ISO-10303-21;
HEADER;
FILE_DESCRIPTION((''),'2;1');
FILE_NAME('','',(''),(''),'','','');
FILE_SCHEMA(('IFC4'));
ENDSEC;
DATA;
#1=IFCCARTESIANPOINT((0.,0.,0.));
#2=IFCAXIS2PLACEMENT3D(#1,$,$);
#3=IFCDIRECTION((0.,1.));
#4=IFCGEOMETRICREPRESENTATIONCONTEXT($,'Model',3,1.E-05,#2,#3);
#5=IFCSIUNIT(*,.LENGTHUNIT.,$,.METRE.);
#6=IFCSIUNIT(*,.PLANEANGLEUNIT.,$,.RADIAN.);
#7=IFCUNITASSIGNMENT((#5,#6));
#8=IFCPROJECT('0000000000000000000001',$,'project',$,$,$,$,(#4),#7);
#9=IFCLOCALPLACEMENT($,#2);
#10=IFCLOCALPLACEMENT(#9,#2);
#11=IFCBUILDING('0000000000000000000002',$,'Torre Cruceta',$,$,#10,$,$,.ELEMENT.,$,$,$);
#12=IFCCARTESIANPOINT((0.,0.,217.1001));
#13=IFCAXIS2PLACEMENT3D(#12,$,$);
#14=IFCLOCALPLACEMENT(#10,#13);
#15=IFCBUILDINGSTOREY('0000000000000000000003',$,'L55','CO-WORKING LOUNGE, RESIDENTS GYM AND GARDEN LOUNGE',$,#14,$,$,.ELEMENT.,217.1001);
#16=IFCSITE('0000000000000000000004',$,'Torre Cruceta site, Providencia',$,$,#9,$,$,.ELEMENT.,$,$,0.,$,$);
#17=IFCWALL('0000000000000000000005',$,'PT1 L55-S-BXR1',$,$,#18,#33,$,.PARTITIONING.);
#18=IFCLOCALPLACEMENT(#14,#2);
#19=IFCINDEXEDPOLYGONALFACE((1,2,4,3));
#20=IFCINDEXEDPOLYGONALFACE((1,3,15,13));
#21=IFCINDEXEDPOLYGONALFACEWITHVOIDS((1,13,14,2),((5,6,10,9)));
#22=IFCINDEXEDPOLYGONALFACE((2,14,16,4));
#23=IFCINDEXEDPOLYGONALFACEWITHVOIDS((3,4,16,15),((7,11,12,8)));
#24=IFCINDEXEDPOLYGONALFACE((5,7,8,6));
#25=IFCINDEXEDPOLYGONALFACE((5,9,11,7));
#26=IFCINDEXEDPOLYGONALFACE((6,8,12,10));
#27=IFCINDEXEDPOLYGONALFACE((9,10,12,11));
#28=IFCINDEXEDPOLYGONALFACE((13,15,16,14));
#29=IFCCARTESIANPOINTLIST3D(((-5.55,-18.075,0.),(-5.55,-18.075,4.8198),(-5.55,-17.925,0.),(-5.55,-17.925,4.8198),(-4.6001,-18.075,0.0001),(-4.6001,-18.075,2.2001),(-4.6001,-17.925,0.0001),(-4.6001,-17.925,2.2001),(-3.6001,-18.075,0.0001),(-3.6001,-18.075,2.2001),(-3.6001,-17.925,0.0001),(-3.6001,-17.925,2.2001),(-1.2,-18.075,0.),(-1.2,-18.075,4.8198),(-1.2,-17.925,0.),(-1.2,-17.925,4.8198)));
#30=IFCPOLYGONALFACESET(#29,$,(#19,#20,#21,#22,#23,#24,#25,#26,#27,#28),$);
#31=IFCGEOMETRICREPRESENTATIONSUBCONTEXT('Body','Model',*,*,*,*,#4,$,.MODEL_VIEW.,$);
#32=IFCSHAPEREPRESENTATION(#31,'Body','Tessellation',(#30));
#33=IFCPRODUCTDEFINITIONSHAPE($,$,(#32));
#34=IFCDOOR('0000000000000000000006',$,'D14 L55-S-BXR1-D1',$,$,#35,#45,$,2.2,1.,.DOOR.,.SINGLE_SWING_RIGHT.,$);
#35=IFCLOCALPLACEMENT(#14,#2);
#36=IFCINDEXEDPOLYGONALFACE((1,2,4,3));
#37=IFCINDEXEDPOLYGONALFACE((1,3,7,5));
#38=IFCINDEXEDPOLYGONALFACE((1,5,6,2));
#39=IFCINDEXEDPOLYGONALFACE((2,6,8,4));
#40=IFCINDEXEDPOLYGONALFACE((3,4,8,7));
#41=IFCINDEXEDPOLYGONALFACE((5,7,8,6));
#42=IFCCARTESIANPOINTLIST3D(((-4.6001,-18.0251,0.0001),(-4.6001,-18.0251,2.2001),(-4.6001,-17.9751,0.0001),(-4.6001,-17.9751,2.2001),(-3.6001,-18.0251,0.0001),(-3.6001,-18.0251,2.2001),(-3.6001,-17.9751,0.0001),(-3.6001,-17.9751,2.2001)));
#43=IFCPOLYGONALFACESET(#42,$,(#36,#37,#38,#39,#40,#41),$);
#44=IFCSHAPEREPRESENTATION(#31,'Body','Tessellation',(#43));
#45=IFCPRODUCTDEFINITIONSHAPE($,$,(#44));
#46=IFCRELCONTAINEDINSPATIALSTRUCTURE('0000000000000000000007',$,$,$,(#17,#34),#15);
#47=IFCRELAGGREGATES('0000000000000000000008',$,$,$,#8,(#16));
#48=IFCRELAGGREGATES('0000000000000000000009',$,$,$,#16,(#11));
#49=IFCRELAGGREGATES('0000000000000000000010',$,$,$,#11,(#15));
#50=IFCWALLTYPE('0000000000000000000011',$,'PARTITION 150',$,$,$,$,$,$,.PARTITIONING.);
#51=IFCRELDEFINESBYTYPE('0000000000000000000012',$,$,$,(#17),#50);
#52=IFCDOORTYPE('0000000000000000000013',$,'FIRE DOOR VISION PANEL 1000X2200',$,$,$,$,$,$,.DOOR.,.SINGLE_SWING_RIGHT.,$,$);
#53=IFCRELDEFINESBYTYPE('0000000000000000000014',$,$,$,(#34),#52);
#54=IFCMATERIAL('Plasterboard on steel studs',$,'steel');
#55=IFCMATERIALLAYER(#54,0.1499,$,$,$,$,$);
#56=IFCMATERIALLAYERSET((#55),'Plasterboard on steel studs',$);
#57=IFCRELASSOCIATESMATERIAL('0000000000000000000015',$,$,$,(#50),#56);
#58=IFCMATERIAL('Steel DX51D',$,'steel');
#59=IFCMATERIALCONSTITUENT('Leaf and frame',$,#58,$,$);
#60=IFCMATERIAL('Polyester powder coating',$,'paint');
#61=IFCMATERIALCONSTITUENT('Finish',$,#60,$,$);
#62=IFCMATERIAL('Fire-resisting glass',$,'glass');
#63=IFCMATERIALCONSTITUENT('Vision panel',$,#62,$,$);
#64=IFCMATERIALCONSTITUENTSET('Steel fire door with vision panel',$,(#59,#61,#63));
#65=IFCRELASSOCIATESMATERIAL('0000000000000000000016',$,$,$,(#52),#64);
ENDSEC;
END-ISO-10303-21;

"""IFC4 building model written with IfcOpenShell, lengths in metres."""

from ifc_helpers import new_model, si_unit, direction, frame, frame_2d, origin, place, context, subcontext, project, spatial, rectangle, extrude, material, layer, layer_set, constituent, constituent_set, type_object, element, fill, save


model = new_model("IFC4")

# Units and contexts
model_context = context("Model", 3, precision=1e-05, world=origin(), true_north=direction((0.0, 1.0)))
body_context = subcontext(model_context, "Body", "Model", "MODEL_VIEW")
ifc_project = project(units=[si_unit("LENGTHUNIT", "METRE"), si_unit("PLANEANGLEUNIT", "RADIAN")], contexts=[model_context])

# Site, building, storey
site_placement = place(None, origin())
site = spatial("IfcSite", under=ifc_project, at=site_placement, Name="Torre Cruceta site, Providencia", CompositionType="ELEMENT", RefElevation=0.0)
building_placement = place(site_placement, origin())
building = spatial("IfcBuilding", under=site, at=building_placement, Name="Torre Cruceta", CompositionType="ELEMENT")
storey_placement = place(building_placement, frame((0.0, 0.0, 217.1001)))
storey = spatial("IfcBuildingStorey", under=building, at=storey_placement, Name="L55", Description="CO-WORKING LOUNGE, RESIDENTS GYM AND GARDEN LOUNGE", CompositionType="ELEMENT", Elevation=217.1001)

# Shared definitions
ifc_material_1 = material(Name="Plasterboard on steel studs", Category="steel")
ifc_layer = layer(ifc_material_1, 0.1499)
ifc_layer_set = layer_set([ifc_layer], Name="Plasterboard on steel studs")
wall_type = type_object("IfcWallType", Name="PARTITION 150", PredefinedType="PARTITIONING", material=ifc_layer_set)

# Wall, opening, door
ifc_material_2 = material(Name="Steel DX51D", Category="steel")
ifc_constituent_1 = constituent(ifc_material_2, Name="Leaf and frame")
ifc_material_3 = material(Name="Polyester powder coating", Category="paint")
ifc_constituent_2 = constituent(ifc_material_3, Name="Finish")
ifc_material_4 = material(Name="Fire-resisting glass", Category="glass")
ifc_constituent_3 = constituent(ifc_material_4, Name="Vision panel")
ifc_constituent_set_1 = constituent_set(constituents=[ifc_constituent_1, ifc_constituent_2, ifc_constituent_3], Name="Steel fire door with vision panel")
door_type_1 = type_object("IfcDoorType", Name="FIRE DOOR VISION PANEL 1000X2200", OperationType="SINGLE_SWING_RIGHT", PredefinedType="DOOR", material=ifc_constituent_set_1)
wall_1_placement = place(storey_placement, frame((-5.55, -18.0, 0.0), z_axis=(0.0, 0.0, 1.0), x_axis=(1.0, 0.0, 0.0)))
wall_1 = element("IfcWall", 1, at=wall_1_placement, inside=storey, type_object=wall_type, Name="PT1 L55-S-BXR1", PredefinedType="PARTITIONING", context=body_context, shape_type="SweptSolid", body=[
    extrude(rectangle(XDim=4.3501, YDim=0.1499, at=frame_2d((2.175, 0.0))), origin(), (0.0, 0.0, 1.0), 4.8198),
])
opening_1_placement = place(wall_1_placement, frame((0.95, 0.0, 0.0)))
opening_1 = element("IfcOpeningElement", 2, at=opening_1_placement, cuts=wall_1, PredefinedType="OPENING", context=body_context, shape_type="SweptSolid", body=[
    extrude(rectangle(XDim=1.0, YDim=2.2, at=frame_2d((0.5, 1.1001))), frame((0.0, 0.085, 0.0), z_axis=(0.0, -1.0, 0.0), x_axis=(1.0, 0.0, 0.0)), (0.0, 0.0, 1.0), 0.1699),
])
door_1_placement = place(opening_1_placement, origin())
door_1 = element("IfcDoor", 3, at=door_1_placement, inside=storey, type_object=door_type_1, Name="D14 L55-S-BXR1-D1", OperationType="SINGLE_SWING_RIGHT", OverallHeight=2.2, OverallWidth=1.0, PredefinedType="DOOR", context=body_context, shape_type="SweptSolid", body=[
    extrude(rectangle(XDim=1.0, YDim=2.2, at=frame_2d((0.5, 1.1001))), frame((0.0, 0.0249, 0.0), z_axis=(0.0, -1.0, 0.0), x_axis=(1.0, 0.0, 0.0)), (0.0, 0.0, 1.0), 0.05),
])
fill(opening_1, door_1)

save(model, "model.ifc")
